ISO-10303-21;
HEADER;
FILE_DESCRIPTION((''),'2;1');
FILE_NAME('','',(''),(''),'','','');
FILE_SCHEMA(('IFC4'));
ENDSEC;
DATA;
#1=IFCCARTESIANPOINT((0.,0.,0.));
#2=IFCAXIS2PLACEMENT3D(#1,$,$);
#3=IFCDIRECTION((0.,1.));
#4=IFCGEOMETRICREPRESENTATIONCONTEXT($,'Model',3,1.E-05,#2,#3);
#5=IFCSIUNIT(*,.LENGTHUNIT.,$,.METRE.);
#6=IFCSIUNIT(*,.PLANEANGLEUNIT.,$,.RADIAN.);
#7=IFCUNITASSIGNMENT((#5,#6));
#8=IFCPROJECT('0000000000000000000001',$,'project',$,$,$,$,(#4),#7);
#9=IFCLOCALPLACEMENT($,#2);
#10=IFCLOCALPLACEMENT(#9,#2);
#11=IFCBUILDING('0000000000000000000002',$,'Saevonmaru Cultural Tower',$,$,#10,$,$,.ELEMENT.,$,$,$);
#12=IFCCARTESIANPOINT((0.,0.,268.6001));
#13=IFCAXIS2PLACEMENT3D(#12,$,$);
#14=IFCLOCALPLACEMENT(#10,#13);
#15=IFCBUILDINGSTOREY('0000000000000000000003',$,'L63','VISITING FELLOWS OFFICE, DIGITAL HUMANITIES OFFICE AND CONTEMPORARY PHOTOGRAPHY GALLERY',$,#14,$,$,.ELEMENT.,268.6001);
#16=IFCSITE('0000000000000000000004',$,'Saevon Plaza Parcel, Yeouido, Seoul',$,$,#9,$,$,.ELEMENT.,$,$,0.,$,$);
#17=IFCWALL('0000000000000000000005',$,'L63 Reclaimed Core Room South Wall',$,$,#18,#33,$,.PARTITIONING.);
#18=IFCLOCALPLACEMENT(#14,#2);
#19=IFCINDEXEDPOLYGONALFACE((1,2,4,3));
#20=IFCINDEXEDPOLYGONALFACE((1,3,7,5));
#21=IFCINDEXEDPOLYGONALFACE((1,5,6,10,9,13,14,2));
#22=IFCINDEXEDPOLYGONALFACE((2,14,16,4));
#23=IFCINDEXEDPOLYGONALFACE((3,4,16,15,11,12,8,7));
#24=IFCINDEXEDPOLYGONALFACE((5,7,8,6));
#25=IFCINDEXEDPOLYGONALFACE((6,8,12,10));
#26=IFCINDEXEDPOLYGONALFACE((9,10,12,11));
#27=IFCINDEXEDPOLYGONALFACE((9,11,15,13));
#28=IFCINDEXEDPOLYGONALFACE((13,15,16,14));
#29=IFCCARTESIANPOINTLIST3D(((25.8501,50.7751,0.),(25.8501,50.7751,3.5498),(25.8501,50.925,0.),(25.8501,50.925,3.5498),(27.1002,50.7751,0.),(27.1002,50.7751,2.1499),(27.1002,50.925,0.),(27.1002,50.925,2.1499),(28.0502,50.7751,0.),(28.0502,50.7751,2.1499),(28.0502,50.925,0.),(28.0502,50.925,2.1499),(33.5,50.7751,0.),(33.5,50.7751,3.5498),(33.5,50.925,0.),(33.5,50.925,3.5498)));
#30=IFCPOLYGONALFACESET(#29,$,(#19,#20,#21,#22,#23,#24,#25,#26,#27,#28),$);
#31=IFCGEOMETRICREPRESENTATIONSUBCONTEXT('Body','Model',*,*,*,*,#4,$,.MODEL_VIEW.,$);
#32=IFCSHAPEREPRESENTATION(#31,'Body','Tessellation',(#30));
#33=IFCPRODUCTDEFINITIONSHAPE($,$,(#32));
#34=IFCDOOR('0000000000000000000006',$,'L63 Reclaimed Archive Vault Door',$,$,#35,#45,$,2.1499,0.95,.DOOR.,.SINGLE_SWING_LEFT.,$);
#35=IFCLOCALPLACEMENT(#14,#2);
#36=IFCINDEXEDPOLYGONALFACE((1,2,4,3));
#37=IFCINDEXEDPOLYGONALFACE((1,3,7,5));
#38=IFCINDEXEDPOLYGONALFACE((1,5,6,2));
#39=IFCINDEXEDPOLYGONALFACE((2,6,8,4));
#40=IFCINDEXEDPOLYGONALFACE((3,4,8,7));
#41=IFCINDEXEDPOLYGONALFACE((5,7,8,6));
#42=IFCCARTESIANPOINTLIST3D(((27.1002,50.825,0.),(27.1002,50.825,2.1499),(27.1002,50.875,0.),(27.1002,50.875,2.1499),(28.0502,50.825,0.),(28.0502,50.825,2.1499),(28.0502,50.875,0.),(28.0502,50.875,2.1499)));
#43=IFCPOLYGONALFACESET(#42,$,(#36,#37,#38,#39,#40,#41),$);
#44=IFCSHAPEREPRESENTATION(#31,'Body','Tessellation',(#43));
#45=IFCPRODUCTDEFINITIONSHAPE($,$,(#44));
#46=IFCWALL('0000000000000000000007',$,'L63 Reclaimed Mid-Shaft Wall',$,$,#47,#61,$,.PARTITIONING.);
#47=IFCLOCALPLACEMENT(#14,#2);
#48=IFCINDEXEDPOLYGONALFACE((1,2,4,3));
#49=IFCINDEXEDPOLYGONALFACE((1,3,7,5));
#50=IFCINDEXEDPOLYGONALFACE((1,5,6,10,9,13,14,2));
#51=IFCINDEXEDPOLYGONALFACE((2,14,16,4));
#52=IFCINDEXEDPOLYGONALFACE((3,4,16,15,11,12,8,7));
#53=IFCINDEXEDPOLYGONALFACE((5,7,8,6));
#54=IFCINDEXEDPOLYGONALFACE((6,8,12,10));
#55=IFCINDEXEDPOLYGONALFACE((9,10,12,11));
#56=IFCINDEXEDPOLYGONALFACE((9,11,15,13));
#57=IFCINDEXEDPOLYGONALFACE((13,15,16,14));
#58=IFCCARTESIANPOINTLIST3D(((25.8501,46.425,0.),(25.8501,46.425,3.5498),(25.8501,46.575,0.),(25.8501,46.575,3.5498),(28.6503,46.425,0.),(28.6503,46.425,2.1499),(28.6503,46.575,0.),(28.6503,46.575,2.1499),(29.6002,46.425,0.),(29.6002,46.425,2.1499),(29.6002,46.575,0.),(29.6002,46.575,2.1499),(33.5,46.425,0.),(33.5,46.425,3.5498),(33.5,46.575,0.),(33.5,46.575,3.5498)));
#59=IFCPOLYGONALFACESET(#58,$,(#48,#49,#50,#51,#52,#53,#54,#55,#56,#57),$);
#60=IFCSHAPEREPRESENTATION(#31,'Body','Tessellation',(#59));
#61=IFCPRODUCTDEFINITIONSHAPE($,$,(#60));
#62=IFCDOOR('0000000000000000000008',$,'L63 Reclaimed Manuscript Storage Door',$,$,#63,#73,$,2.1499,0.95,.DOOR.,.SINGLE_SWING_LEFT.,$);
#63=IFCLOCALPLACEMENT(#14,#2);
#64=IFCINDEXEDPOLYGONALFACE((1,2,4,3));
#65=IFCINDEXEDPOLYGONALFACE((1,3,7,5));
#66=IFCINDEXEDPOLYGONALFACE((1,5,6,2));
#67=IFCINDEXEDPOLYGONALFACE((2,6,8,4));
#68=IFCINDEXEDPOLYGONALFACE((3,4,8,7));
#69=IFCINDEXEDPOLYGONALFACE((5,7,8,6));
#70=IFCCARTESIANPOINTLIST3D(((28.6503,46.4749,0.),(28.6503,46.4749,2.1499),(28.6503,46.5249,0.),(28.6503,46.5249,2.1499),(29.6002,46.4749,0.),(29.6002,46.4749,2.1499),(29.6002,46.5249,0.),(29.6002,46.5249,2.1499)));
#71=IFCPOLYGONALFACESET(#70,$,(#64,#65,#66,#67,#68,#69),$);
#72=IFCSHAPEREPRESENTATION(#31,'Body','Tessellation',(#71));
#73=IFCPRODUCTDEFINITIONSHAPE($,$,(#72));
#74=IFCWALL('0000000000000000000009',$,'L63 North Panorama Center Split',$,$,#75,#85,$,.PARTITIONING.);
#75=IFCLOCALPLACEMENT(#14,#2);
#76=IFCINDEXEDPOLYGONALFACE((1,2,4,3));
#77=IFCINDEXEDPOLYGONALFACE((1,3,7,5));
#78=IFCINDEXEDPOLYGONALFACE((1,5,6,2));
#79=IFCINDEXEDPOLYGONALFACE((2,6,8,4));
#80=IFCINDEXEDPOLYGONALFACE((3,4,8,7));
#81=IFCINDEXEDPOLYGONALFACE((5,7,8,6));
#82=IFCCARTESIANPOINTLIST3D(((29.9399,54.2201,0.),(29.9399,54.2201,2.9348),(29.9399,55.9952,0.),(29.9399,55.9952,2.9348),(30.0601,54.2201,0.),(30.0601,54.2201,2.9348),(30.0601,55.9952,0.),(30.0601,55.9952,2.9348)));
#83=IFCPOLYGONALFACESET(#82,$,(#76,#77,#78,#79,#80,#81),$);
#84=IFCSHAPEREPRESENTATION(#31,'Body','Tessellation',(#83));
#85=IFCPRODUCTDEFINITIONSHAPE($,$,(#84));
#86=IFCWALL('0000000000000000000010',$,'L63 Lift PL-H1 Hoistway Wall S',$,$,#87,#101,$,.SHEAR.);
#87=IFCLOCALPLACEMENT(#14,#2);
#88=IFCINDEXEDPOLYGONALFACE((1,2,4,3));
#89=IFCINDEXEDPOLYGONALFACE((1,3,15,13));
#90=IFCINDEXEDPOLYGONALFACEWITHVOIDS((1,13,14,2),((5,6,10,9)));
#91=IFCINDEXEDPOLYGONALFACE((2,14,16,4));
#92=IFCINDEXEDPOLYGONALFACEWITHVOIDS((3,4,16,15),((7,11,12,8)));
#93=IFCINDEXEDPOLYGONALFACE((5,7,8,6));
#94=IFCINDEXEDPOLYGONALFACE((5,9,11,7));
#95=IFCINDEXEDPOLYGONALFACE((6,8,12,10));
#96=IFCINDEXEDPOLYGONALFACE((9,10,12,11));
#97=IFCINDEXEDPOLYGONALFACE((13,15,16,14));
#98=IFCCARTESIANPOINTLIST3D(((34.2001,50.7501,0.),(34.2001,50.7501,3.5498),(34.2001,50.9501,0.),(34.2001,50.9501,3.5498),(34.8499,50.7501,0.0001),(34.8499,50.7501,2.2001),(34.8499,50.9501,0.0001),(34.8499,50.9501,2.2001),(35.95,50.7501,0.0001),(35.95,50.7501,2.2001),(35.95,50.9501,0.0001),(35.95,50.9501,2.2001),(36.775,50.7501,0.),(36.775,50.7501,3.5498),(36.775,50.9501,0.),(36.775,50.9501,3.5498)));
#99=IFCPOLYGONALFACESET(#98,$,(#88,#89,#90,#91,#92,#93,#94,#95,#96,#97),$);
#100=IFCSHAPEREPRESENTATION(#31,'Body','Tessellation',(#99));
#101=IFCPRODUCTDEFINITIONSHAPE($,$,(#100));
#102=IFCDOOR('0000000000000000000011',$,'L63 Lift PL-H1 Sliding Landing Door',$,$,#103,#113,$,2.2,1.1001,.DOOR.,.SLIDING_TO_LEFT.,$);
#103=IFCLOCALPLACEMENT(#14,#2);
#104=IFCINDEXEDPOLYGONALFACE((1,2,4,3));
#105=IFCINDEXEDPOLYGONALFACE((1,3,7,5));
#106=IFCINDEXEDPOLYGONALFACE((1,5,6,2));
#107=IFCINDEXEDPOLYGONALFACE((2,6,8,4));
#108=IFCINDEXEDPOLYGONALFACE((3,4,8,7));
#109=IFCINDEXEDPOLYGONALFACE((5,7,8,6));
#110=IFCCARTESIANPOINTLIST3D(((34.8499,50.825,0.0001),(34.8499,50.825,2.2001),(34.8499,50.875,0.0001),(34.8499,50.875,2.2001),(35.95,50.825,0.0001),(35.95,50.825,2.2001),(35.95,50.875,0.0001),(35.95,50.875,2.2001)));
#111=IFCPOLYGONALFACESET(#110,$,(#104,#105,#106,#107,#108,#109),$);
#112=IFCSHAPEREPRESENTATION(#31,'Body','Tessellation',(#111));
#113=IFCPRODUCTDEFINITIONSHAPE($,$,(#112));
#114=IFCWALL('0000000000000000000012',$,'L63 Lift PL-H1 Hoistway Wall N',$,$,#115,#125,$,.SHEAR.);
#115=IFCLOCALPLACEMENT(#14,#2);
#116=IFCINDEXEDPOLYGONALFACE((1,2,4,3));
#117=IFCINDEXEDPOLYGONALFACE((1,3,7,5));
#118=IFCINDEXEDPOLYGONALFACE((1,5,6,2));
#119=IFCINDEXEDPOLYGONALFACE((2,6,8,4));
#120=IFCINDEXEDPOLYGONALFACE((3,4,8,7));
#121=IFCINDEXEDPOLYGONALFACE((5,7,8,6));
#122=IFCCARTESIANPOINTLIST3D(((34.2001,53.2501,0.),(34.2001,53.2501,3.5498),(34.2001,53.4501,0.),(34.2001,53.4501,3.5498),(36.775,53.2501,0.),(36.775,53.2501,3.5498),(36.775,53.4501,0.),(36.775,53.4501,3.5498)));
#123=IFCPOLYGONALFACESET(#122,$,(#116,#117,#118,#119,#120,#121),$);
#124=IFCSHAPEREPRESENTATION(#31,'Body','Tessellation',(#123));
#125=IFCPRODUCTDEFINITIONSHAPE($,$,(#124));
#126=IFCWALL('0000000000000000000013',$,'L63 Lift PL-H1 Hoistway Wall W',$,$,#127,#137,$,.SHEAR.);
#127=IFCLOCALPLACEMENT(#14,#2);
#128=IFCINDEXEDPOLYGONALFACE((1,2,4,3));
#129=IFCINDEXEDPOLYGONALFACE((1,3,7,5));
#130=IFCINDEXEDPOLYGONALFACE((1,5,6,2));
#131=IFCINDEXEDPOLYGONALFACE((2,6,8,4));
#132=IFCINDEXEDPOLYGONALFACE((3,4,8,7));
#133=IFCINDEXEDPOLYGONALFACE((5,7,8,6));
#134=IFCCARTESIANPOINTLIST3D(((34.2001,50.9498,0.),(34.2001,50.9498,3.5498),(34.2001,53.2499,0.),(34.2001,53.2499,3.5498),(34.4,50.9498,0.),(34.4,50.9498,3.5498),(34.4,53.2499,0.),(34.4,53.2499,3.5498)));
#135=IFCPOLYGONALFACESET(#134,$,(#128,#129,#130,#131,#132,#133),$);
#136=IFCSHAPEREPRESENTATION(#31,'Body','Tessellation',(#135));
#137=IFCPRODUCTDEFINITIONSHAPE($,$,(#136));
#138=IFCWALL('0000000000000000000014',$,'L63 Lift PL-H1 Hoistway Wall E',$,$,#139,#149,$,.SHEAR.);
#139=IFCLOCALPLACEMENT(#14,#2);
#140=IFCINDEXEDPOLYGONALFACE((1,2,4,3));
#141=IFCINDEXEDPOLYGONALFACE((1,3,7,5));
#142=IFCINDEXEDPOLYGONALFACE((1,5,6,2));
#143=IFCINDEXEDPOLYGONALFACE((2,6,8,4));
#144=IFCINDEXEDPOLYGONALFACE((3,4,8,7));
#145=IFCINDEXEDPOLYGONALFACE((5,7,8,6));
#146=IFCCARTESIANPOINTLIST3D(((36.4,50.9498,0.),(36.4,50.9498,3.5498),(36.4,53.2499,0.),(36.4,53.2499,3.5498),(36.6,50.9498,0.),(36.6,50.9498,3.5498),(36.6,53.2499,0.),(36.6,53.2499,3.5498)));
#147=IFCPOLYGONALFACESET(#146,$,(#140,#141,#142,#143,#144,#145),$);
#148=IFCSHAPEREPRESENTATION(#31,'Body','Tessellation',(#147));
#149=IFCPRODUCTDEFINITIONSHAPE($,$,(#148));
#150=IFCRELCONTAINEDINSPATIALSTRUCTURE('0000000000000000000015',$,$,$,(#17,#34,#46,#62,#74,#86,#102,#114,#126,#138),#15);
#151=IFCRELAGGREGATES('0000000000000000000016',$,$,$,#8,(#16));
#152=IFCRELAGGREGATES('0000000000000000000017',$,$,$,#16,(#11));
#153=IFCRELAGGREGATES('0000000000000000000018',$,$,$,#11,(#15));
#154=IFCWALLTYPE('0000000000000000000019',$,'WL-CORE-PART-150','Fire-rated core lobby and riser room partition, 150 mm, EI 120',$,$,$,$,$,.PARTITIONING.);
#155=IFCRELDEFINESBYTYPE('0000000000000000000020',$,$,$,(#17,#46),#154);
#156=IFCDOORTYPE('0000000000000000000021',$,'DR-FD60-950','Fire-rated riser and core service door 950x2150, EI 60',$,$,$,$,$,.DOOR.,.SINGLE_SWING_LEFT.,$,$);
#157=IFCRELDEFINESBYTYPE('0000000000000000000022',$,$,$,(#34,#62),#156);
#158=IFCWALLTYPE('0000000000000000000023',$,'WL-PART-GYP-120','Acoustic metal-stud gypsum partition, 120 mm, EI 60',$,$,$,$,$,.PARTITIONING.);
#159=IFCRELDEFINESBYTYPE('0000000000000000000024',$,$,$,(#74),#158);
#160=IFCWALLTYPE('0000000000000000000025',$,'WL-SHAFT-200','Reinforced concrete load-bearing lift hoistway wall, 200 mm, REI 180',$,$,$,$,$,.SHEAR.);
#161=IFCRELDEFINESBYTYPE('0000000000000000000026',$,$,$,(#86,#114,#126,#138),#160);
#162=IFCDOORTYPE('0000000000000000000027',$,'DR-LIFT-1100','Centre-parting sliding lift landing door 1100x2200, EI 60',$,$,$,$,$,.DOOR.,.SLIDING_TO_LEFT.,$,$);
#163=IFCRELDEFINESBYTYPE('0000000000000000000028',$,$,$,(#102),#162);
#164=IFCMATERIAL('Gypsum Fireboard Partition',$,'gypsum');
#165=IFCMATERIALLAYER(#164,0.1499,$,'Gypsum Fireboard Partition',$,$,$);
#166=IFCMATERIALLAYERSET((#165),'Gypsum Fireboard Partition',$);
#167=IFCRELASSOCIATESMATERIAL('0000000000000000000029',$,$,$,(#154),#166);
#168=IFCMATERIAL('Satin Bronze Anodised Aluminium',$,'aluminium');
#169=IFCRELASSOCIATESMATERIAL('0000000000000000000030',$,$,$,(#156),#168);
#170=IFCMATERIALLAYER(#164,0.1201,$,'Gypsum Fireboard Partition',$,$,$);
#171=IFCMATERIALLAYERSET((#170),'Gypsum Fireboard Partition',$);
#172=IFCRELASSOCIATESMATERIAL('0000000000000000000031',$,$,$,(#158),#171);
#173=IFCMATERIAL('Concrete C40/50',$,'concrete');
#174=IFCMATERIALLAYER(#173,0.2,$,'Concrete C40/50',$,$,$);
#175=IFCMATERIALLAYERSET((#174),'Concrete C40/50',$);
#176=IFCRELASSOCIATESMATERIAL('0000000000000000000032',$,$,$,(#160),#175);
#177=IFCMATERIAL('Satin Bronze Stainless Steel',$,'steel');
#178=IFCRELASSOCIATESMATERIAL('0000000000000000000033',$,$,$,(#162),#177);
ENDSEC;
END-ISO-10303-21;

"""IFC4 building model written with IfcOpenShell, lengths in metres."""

from ifc_helpers import new_model, si_unit, direction, frame, frame_2d, origin, place, context, subcontext, project, spatial, rectangle, extrude, material, layer, layer_set, type_object, element, fill, save


model = new_model("IFC4")

# Units and contexts
model_context = context("Model", 3, precision=1e-05, world=origin(), true_north=direction((0.0, 1.0)))
body_context = subcontext(model_context, "Body", "Model", "MODEL_VIEW")
ifc_project = project(units=[si_unit("LENGTHUNIT", "METRE"), si_unit("PLANEANGLEUNIT", "RADIAN")], contexts=[model_context])

# Site, building, storey
site_placement = place(None, origin())
site = spatial("IfcSite", under=ifc_project, at=site_placement, Name="Saevon Plaza Parcel, Yeouido, Seoul", CompositionType="ELEMENT", RefElevation=0.0)
building_placement = place(site_placement, origin())
building = spatial("IfcBuilding", under=site, at=building_placement, Name="Saevonmaru Cultural Tower", CompositionType="ELEMENT")
storey_placement = place(building_placement, frame((0.0, 0.0, 268.6001)))
storey = spatial("IfcBuildingStorey", under=building, at=storey_placement, Name="L63", Description="VISITING FELLOWS OFFICE, DIGITAL HUMANITIES OFFICE AND CONTEMPORARY PHOTOGRAPHY GALLERY", CompositionType="ELEMENT", Elevation=268.6001)

# Shared definitions
ifc_material_1 = material(Name="Satin Bronze Anodised Aluminium", Category="aluminium")

# Shared definitions
ifc_material_2 = material(Name="Gypsum Fireboard Partition", Category="gypsum")
ifc_layer_1 = layer(ifc_material_2, 0.1499, Name="Gypsum Fireboard Partition")
ifc_layer_set_1 = layer_set([ifc_layer_1], Name="Gypsum Fireboard Partition")
wall_type_1 = type_object("IfcWallType", Name="WL-CORE-PART-150", Description="Fire-rated core lobby and riser room partition, 150 mm, EI 120", PredefinedType="PARTITIONING", material=ifc_layer_set_1)

# Shared definitions
door_type_1 = type_object("IfcDoorType", Name="DR-FD60-950", Description="Fire-rated riser and core service door 950x2150, EI 60", OperationType="SINGLE_SWING_LEFT", PredefinedType="DOOR", material=ifc_material_1)

# Walls, openings, doors
wall_1_placement = place(storey_placement, frame((25.8501, 50.8501, 0.0), z_axis=(0.0, 0.0, 1.0), x_axis=(1.0, 0.0, 0.0)))
wall_1 = element("IfcWall", 1, at=wall_1_placement, inside=storey, type_object=wall_type_1, Name="L63 Reclaimed Core Room South Wall", PredefinedType="PARTITIONING", context=body_context, shape_type="SweptSolid", body=[
    extrude(rectangle(XDim=7.6499, YDim=0.1499, at=frame_2d((3.825, 0.0))), origin(), (0.0, 0.0, 1.0), 3.5498),
])
opening_1_placement = place(wall_1_placement, frame((1.25, 0.0, 0.0)))
opening_1 = element("IfcOpeningElement", 2, at=opening_1_placement, cuts=wall_1, PredefinedType="OPENING", context=body_context, shape_type="SweptSolid", body=[
    extrude(rectangle(XDim=0.95, YDim=2.1499, at=frame_2d((0.4751, 1.075))), frame((0.0, 0.085, 0.0), z_axis=(0.0, -1.0, 0.0), x_axis=(1.0, 0.0, 0.0)), (0.0, 0.0, 1.0), 0.1699),
])
door_1_placement = place(opening_1_placement, origin())
door_1 = element("IfcDoor", 3, at=door_1_placement, inside=storey, type_object=door_type_1, Name="L63 Reclaimed Archive Vault Door", OperationType="SINGLE_SWING_LEFT", OverallHeight=2.1499, OverallWidth=0.95, PredefinedType="DOOR", context=body_context, shape_type="SweptSolid", body=[
    extrude(rectangle(XDim=0.95, YDim=2.1499, at=frame_2d((0.4751, 1.075))), frame((0.0, 0.0249, 0.0), z_axis=(0.0, -1.0, 0.0), x_axis=(1.0, 0.0, 0.0)), (0.0, 0.0, 1.0), 0.05),
])
fill(opening_1, door_1)
wall_2_placement = place(storey_placement, frame((25.8501, 46.5, 0.0), z_axis=(0.0, 0.0, 1.0), x_axis=(1.0, 0.0, 0.0)))
wall_2 = element("IfcWall", 4, at=wall_2_placement, inside=storey, type_object=wall_type_1, Name="L63 Reclaimed Mid-Shaft Wall", PredefinedType="PARTITIONING", context=body_context, shape_type="SweptSolid", body=[
    extrude(rectangle(XDim=7.6499, YDim=0.1499, at=frame_2d((3.825, 0.0))), origin(), (0.0, 0.0, 1.0), 3.5498),
])
opening_2_placement = place(wall_2_placement, frame((2.8, 0.0, 0.0)))
opening_2 = element("IfcOpeningElement", 5, at=opening_2_placement, cuts=wall_2, PredefinedType="OPENING", context=body_context, shape_type="SweptSolid", body=[
    extrude(rectangle(XDim=0.95, YDim=2.1499, at=frame_2d((0.4751, 1.075))), frame((0.0, 0.085, 0.0), z_axis=(0.0, -1.0, 0.0), x_axis=(1.0, 0.0, 0.0)), (0.0, 0.0, 1.0), 0.1699),
])
door_2_placement = place(opening_2_placement, origin())
door_2 = element("IfcDoor", 6, at=door_2_placement, inside=storey, type_object=door_type_1, Name="L63 Reclaimed Manuscript Storage Door", OperationType="SINGLE_SWING_LEFT", OverallHeight=2.1499, OverallWidth=0.95, PredefinedType="DOOR", context=body_context, shape_type="SweptSolid", body=[
    extrude(rectangle(XDim=0.95, YDim=2.1499, at=frame_2d((0.4751, 1.075))), frame((0.0, 0.0249, 0.0), z_axis=(0.0, -1.0, 0.0), x_axis=(1.0, 0.0, 0.0)), (0.0, 0.0, 1.0), 0.05),
])
fill(opening_2, door_2)

# Wall
ifc_layer_2 = layer(ifc_material_2, 0.1201, Name="Gypsum Fireboard Partition")
ifc_layer_set_2 = layer_set([ifc_layer_2], Name="Gypsum Fireboard Partition")
wall_type_2 = type_object("IfcWallType", Name="WL-PART-GYP-120", Description="Acoustic metal-stud gypsum partition, 120 mm, EI 60", PredefinedType="PARTITIONING", material=ifc_layer_set_2)
wall_3_placement = place(storey_placement, frame((30.0, 54.22, 0.0), z_axis=(0.0, 0.0, 1.0), x_axis=(0.0, 1.0, 0.0)))
element("IfcWall", 7, at=wall_3_placement, inside=storey, type_object=wall_type_2, Name="L63 North Panorama Center Split", PredefinedType="PARTITIONING", context=body_context, shape_type="SweptSolid", body=[
    extrude(rectangle(XDim=1.7751, YDim=0.1201, at=frame_2d((0.8877, 0.0))), origin(), (0.0, 0.0, 1.0), 2.9348),
])

# Wall, opening, door
ifc_material_3 = material(Name="Concrete C40/50", Category="concrete")
ifc_layer_3 = layer(ifc_material_3, 0.2, Name="Concrete C40/50")
ifc_layer_set_3 = layer_set([ifc_layer_3], Name="Concrete C40/50")
wall_type_3 = type_object("IfcWallType", Name="WL-SHAFT-200", Description="Reinforced concrete load-bearing lift hoistway wall, 200 mm, REI 180", PredefinedType="SHEAR", material=ifc_layer_set_3)
wall_4_placement = place(storey_placement, frame((34.2, 50.8501, 0.0), z_axis=(0.0, 0.0, 1.0), x_axis=(1.0, 0.0, 0.0)))
wall_4 = element("IfcWall", 8, at=wall_4_placement, inside=storey, type_object=wall_type_3, Name="L63 Lift PL-H1 Hoistway Wall S", PredefinedType="SHEAR", context=body_context, shape_type="SweptSolid", body=[
    extrude(rectangle(XDim=2.575, YDim=0.2, at=frame_2d((1.2876, 0.0))), origin(), (0.0, 0.0, 1.0), 3.5498),
])
opening_3_placement = place(wall_4_placement, frame((0.6499, 0.0, 0.0)))
opening_3 = element("IfcOpeningElement", 9, at=opening_3_placement, cuts=wall_4, PredefinedType="OPENING", context=body_context, shape_type="SweptSolid", body=[
    extrude(rectangle(XDim=1.1001, YDim=2.2, at=frame_2d((0.55, 1.1001))), frame((0.0, 0.1099, 0.0), z_axis=(0.0, -1.0, 0.0), x_axis=(1.0, 0.0, 0.0)), (0.0, 0.0, 1.0), 0.22),
])
ifc_material_4 = material(Name="Satin Bronze Stainless Steel", Category="steel")
door_type_2 = type_object("IfcDoorType", Name="DR-LIFT-1100", Description="Centre-parting sliding lift landing door 1100x2200, EI 60", OperationType="SLIDING_TO_LEFT", PredefinedType="DOOR", material=ifc_material_4)
door_3_placement = place(opening_3_placement, origin())
door_3 = element("IfcDoor", 10, at=door_3_placement, inside=storey, type_object=door_type_2, Name="L63 Lift PL-H1 Sliding Landing Door", OperationType="SLIDING_TO_LEFT", OverallHeight=2.2, OverallWidth=1.1001, PredefinedType="DOOR", context=body_context, shape_type="SweptSolid", body=[
    extrude(rectangle(XDim=1.1001, YDim=2.2, at=frame_2d((0.55, 1.1001))), frame((0.0, 0.0249, 0.0), z_axis=(0.0, -1.0, 0.0), x_axis=(1.0, 0.0, 0.0)), (0.0, 0.0, 1.0), 0.05),
])
fill(opening_3, door_3)

# Walls
wall_5_placement = place(storey_placement, frame((34.2, 53.3501, 0.0), z_axis=(0.0, 0.0, 1.0), x_axis=(1.0, 0.0, 0.0)))
element("IfcWall", 11, at=wall_5_placement, inside=storey, type_object=wall_type_3, Name="L63 Lift PL-H1 Hoistway Wall N", PredefinedType="SHEAR", context=body_context, shape_type="SweptSolid", body=[
    extrude(rectangle(XDim=2.575, YDim=0.2, at=frame_2d((1.2876, 0.0))), origin(), (0.0, 0.0, 1.0), 3.5498),
])
for number, where, z_axis, x_axis, name in (
    (12, (34.3, 50.95, 0.0), (0.0, 0.0, 1.0), (0.0, 1.0, 0.0), "L63 Lift PL-H1 Hoistway Wall W"),
    (13, (36.5, 50.95, 0.0), (0.0, 0.0, 1.0), (0.0, 1.0, 0.0), "L63 Lift PL-H1 Hoistway Wall E"),
):
    element("IfcWall", number, at=place(storey_placement, frame(where, z_axis=z_axis, x_axis=x_axis)), inside=storey, type_object=wall_type_3, Name=name, PredefinedType="SHEAR", context=body_context, shape_type="SweptSolid", body=[
        extrude(rectangle(XDim=2.3, YDim=0.2, at=frame_2d((1.1499, 0.0))), origin(), (0.0, 0.0, 1.0), 3.5498),
    ])

save(model, "model.ifc")
